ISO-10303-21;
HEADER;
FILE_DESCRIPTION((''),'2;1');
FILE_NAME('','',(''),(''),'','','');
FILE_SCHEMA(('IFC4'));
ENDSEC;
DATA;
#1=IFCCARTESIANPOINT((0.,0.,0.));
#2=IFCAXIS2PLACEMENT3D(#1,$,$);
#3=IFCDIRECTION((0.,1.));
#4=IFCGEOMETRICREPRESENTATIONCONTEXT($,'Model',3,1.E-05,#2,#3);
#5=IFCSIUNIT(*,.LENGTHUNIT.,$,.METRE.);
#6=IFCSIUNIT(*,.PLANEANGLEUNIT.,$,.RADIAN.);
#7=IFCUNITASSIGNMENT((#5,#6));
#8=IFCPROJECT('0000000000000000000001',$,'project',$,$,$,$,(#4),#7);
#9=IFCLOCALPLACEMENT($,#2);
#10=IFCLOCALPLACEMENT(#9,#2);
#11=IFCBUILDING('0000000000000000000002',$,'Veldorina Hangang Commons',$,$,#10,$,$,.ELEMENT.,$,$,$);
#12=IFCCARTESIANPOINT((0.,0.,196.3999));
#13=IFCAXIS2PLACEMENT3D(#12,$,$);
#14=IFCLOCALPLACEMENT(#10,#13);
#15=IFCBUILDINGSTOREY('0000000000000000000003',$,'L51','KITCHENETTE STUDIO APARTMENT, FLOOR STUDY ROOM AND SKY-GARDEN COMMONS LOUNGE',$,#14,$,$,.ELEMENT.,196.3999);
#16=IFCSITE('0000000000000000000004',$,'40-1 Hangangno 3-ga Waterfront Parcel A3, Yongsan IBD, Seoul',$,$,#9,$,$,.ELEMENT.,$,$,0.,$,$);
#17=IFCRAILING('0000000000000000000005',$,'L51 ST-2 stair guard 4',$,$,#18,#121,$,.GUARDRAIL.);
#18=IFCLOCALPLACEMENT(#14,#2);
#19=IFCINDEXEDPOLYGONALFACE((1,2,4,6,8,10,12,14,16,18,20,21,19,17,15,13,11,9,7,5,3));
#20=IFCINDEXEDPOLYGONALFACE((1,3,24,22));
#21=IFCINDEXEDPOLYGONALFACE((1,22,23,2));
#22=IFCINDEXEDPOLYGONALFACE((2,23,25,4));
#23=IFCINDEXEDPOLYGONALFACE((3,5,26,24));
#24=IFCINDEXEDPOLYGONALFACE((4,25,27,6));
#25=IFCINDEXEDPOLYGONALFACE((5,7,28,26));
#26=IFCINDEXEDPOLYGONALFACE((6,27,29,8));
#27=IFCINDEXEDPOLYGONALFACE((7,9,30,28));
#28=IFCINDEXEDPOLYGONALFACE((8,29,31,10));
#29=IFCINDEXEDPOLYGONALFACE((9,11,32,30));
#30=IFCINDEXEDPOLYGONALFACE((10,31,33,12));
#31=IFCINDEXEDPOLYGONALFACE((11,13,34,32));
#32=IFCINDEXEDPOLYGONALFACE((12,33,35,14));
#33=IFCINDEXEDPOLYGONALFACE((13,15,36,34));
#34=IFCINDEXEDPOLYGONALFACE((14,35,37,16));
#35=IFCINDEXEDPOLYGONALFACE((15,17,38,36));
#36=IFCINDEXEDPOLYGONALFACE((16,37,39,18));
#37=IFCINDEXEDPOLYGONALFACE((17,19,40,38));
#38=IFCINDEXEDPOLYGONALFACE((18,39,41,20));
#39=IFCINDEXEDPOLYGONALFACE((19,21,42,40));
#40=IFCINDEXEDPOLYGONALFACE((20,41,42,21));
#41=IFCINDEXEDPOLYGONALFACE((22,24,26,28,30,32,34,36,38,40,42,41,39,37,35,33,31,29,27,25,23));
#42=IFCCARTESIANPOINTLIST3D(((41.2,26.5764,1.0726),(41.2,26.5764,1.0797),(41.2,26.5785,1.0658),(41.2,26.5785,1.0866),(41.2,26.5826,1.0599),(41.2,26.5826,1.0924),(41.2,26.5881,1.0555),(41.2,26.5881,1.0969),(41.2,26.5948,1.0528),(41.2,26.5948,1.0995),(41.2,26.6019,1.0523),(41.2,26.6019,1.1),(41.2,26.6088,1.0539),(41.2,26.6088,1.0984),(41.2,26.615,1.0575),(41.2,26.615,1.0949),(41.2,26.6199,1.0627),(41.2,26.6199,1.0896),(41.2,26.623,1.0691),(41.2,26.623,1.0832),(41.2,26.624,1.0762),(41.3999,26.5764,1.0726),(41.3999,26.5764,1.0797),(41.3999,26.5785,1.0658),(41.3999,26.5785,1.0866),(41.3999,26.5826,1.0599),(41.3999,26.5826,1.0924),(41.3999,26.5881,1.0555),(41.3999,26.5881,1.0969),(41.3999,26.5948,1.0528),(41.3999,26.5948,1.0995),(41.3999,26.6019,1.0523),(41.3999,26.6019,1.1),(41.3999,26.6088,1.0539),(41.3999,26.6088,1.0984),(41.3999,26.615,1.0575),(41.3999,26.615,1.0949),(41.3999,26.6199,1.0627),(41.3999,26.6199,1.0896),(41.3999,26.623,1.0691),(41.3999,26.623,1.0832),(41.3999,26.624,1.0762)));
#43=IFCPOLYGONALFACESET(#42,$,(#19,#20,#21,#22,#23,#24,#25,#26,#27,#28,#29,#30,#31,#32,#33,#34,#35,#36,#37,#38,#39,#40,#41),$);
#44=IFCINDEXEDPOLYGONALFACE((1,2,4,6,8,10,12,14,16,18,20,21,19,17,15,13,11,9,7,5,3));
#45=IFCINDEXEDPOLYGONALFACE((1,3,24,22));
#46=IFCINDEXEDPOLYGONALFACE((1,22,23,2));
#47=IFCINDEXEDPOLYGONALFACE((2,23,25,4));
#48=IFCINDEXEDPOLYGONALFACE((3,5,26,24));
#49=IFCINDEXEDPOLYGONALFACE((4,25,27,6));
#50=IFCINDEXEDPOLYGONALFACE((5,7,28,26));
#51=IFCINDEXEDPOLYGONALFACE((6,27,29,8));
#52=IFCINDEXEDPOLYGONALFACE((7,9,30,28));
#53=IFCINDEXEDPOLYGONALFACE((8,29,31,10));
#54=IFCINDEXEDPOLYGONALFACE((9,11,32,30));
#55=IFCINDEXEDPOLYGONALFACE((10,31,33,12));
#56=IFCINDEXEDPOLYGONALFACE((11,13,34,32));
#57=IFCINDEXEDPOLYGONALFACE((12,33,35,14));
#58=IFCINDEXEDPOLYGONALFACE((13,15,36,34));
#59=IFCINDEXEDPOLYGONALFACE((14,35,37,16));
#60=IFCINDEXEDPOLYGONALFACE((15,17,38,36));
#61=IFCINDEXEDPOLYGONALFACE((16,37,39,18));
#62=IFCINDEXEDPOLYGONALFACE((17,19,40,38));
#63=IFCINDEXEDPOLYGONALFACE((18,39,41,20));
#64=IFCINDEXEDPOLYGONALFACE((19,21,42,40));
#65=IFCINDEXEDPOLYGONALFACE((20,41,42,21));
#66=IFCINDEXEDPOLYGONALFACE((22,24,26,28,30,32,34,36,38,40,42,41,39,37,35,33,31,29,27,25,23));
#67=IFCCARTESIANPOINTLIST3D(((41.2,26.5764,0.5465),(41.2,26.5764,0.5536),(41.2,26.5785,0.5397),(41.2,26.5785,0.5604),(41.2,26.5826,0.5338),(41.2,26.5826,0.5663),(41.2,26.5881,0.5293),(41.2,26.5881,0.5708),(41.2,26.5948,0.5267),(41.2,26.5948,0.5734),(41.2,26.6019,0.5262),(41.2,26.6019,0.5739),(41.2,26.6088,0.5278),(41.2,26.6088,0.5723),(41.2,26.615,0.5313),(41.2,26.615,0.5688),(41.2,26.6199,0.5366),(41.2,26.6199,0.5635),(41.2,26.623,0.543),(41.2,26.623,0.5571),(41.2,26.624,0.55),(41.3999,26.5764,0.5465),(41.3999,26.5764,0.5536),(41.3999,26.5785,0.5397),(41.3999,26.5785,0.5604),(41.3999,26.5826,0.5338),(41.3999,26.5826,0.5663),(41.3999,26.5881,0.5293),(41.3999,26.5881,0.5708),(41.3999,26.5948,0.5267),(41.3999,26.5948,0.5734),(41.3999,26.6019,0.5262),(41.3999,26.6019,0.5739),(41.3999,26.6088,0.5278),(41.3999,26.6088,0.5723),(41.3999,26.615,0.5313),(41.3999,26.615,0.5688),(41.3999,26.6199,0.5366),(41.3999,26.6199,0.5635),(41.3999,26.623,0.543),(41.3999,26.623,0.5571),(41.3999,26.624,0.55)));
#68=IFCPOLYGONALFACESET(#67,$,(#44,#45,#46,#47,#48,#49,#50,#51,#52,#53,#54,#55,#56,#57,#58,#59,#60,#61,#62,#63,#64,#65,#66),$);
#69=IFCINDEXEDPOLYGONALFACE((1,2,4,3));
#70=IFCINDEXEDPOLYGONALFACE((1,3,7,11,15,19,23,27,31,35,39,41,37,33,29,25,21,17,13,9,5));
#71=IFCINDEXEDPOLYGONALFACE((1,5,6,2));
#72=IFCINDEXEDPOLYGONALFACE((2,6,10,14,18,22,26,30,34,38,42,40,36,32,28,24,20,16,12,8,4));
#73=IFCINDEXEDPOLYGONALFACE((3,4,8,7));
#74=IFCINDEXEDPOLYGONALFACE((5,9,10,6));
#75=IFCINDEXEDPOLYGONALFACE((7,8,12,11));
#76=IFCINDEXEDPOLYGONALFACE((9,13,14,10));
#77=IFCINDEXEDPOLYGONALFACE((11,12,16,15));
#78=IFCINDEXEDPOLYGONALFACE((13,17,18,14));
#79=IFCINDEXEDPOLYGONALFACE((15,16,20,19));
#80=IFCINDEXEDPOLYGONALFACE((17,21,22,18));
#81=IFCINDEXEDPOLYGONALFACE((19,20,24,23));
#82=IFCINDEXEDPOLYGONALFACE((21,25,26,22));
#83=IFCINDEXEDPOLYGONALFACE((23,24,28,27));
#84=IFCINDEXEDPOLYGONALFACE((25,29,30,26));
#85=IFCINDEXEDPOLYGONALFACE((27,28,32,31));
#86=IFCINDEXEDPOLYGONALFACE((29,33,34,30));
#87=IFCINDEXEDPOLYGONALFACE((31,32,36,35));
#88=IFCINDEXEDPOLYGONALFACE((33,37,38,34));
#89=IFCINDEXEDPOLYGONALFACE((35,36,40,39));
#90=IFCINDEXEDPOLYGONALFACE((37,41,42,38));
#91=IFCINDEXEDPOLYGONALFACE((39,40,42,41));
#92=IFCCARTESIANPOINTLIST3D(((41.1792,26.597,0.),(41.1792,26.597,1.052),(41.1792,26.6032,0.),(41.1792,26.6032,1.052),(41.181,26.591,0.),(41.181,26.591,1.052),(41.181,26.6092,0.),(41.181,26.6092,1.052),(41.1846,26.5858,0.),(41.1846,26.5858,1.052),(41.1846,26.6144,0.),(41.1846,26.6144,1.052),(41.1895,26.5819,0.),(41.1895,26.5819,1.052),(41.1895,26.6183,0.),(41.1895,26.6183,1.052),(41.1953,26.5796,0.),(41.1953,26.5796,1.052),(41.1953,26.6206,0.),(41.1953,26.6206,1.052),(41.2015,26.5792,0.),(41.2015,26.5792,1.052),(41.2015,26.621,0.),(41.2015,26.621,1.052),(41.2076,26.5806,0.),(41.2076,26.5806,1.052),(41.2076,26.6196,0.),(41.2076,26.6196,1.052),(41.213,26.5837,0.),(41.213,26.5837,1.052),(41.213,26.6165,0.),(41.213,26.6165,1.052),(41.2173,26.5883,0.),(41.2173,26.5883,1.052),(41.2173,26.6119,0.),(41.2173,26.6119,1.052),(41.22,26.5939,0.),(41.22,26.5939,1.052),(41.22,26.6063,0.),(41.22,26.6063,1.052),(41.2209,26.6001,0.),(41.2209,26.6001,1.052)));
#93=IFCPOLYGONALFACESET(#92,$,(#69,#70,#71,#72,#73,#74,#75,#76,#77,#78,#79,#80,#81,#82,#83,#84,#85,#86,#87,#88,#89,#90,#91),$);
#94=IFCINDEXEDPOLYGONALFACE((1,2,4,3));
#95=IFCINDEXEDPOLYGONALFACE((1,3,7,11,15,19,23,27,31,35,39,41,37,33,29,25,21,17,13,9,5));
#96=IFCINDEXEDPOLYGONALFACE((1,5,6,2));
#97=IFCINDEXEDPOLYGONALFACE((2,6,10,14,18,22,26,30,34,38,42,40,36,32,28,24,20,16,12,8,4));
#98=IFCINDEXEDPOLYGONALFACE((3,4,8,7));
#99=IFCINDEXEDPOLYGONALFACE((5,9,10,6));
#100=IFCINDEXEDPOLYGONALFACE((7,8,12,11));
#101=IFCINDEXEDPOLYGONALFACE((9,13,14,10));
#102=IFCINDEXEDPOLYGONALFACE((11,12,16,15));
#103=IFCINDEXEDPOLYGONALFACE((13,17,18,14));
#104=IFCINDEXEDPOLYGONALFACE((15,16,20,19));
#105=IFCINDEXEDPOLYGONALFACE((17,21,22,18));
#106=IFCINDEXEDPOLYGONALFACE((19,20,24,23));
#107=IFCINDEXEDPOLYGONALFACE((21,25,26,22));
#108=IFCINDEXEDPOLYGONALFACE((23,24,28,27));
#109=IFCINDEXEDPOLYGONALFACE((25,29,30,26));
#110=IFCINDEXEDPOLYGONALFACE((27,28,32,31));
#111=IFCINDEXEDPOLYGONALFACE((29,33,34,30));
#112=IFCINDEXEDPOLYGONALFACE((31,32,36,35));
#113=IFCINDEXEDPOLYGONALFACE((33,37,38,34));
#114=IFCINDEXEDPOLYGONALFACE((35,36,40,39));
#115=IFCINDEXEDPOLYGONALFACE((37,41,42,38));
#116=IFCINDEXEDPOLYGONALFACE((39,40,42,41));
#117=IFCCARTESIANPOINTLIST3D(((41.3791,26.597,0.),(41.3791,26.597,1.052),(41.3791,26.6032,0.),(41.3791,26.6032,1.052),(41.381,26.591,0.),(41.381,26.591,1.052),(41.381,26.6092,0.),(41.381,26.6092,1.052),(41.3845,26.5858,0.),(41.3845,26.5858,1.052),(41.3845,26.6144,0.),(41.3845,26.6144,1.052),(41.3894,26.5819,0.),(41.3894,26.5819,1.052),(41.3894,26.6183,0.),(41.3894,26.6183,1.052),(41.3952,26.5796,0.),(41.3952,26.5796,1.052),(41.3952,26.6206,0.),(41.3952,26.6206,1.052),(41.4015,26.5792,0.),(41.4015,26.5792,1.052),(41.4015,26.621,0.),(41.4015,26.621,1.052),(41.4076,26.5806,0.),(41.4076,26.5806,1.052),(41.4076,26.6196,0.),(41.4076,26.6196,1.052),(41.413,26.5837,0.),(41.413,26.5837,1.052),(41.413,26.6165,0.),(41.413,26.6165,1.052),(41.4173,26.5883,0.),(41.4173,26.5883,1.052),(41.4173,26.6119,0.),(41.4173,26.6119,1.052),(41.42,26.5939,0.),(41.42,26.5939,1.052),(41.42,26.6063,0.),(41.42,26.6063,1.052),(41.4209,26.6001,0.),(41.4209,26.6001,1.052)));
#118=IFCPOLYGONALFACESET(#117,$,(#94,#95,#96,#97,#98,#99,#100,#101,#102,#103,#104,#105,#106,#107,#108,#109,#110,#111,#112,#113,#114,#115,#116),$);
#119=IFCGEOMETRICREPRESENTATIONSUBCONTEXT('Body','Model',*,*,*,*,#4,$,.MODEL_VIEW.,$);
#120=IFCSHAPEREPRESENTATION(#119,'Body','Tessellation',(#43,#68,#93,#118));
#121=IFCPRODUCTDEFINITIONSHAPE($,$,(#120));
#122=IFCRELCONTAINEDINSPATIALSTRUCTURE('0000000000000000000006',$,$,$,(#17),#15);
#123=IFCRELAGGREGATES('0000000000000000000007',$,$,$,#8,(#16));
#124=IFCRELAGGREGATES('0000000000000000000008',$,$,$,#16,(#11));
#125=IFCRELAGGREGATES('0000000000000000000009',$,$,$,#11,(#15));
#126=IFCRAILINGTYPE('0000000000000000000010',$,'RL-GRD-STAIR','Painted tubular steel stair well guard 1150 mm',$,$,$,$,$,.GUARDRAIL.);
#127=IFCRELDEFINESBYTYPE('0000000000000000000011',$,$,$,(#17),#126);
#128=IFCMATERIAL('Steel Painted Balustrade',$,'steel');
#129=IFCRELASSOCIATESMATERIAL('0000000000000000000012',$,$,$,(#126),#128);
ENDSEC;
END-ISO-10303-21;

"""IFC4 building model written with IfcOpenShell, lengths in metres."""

from ifc_helpers import new_model, si_unit, direction, frame, origin, origin_2d, place, context, subcontext, project, spatial, circle, extrude, material, type_object, element, save


model = new_model("IFC4")

# Units and contexts
model_context = context("Model", 3, precision=1e-05, world=origin(), true_north=direction((0.0, 1.0)))
body_context = subcontext(model_context, "Body", "Model", "MODEL_VIEW")
ifc_project = project(units=[si_unit("LENGTHUNIT", "METRE"), si_unit("PLANEANGLEUNIT", "RADIAN")], contexts=[model_context])

# Site, building, storey
site_placement = place(None, origin())
site = spatial("IfcSite", under=ifc_project, at=site_placement, Name="40-1 Hangangno 3-ga Waterfront Parcel A3, Yongsan IBD, Seoul", CompositionType="ELEMENT", RefElevation=0.0)
building_placement = place(site_placement, origin())
building = spatial("IfcBuilding", under=site, at=building_placement, Name="Veldorina Hangang Commons", CompositionType="ELEMENT")
storey_placement = place(building_placement, frame((0.0, 0.0, 196.3999)))
storey = spatial("IfcBuildingStorey", under=building, at=storey_placement, Name="L51", Description="KITCHENETTE STUDIO APARTMENT, FLOOR STUDY ROOM AND SKY-GARDEN COMMONS LOUNGE", CompositionType="ELEMENT", Elevation=196.3999)

# Railing
ifc_material_1 = material(Name="Steel Painted Balustrade", Category="steel")
railing_type_1 = type_object("IfcRailingType", Name="RL-GRD-STAIR", Description="Painted tubular steel stair well guard 1150 mm", PredefinedType="GUARDRAIL", material=ifc_material_1)
railing_1_placement = place(storey_placement, frame((41.2, 26.6001, 0.0)))
element("IfcRailing", 1, at=railing_1_placement, inside=storey, type_object=railing_type_1, Name="L51 ST-2 stair guard 4", PredefinedType="GUARDRAIL", context=body_context, shape_type="SweptSolid", body=[
    extrude(circle(Radius=0.0239, at=origin_2d()), frame((0.0, 0.0, 1.0762), z_axis=(1.0, 0.0, 0.0), x_axis=(0.0, 1.0, 0.0)), (0.0, 0.0, 1.0), 0.2),
    extrude(circle(Radius=0.0239, at=origin_2d()), frame((0.0, 0.0, 0.55), z_axis=(1.0, 0.0, 0.0), x_axis=(0.0, 1.0, 0.0)), (0.0, 0.0, 1.0), 0.2),
    extrude(circle(Radius=0.021, at=origin_2d()), origin(), (0.0, 0.0, 1.0), 1.052),
    extrude(circle(Radius=0.021, at=origin_2d()), frame((0.2, 0.0, 0.0)), (0.0, 0.0, 1.0), 1.052),
])

save(model, "model.ifc")
